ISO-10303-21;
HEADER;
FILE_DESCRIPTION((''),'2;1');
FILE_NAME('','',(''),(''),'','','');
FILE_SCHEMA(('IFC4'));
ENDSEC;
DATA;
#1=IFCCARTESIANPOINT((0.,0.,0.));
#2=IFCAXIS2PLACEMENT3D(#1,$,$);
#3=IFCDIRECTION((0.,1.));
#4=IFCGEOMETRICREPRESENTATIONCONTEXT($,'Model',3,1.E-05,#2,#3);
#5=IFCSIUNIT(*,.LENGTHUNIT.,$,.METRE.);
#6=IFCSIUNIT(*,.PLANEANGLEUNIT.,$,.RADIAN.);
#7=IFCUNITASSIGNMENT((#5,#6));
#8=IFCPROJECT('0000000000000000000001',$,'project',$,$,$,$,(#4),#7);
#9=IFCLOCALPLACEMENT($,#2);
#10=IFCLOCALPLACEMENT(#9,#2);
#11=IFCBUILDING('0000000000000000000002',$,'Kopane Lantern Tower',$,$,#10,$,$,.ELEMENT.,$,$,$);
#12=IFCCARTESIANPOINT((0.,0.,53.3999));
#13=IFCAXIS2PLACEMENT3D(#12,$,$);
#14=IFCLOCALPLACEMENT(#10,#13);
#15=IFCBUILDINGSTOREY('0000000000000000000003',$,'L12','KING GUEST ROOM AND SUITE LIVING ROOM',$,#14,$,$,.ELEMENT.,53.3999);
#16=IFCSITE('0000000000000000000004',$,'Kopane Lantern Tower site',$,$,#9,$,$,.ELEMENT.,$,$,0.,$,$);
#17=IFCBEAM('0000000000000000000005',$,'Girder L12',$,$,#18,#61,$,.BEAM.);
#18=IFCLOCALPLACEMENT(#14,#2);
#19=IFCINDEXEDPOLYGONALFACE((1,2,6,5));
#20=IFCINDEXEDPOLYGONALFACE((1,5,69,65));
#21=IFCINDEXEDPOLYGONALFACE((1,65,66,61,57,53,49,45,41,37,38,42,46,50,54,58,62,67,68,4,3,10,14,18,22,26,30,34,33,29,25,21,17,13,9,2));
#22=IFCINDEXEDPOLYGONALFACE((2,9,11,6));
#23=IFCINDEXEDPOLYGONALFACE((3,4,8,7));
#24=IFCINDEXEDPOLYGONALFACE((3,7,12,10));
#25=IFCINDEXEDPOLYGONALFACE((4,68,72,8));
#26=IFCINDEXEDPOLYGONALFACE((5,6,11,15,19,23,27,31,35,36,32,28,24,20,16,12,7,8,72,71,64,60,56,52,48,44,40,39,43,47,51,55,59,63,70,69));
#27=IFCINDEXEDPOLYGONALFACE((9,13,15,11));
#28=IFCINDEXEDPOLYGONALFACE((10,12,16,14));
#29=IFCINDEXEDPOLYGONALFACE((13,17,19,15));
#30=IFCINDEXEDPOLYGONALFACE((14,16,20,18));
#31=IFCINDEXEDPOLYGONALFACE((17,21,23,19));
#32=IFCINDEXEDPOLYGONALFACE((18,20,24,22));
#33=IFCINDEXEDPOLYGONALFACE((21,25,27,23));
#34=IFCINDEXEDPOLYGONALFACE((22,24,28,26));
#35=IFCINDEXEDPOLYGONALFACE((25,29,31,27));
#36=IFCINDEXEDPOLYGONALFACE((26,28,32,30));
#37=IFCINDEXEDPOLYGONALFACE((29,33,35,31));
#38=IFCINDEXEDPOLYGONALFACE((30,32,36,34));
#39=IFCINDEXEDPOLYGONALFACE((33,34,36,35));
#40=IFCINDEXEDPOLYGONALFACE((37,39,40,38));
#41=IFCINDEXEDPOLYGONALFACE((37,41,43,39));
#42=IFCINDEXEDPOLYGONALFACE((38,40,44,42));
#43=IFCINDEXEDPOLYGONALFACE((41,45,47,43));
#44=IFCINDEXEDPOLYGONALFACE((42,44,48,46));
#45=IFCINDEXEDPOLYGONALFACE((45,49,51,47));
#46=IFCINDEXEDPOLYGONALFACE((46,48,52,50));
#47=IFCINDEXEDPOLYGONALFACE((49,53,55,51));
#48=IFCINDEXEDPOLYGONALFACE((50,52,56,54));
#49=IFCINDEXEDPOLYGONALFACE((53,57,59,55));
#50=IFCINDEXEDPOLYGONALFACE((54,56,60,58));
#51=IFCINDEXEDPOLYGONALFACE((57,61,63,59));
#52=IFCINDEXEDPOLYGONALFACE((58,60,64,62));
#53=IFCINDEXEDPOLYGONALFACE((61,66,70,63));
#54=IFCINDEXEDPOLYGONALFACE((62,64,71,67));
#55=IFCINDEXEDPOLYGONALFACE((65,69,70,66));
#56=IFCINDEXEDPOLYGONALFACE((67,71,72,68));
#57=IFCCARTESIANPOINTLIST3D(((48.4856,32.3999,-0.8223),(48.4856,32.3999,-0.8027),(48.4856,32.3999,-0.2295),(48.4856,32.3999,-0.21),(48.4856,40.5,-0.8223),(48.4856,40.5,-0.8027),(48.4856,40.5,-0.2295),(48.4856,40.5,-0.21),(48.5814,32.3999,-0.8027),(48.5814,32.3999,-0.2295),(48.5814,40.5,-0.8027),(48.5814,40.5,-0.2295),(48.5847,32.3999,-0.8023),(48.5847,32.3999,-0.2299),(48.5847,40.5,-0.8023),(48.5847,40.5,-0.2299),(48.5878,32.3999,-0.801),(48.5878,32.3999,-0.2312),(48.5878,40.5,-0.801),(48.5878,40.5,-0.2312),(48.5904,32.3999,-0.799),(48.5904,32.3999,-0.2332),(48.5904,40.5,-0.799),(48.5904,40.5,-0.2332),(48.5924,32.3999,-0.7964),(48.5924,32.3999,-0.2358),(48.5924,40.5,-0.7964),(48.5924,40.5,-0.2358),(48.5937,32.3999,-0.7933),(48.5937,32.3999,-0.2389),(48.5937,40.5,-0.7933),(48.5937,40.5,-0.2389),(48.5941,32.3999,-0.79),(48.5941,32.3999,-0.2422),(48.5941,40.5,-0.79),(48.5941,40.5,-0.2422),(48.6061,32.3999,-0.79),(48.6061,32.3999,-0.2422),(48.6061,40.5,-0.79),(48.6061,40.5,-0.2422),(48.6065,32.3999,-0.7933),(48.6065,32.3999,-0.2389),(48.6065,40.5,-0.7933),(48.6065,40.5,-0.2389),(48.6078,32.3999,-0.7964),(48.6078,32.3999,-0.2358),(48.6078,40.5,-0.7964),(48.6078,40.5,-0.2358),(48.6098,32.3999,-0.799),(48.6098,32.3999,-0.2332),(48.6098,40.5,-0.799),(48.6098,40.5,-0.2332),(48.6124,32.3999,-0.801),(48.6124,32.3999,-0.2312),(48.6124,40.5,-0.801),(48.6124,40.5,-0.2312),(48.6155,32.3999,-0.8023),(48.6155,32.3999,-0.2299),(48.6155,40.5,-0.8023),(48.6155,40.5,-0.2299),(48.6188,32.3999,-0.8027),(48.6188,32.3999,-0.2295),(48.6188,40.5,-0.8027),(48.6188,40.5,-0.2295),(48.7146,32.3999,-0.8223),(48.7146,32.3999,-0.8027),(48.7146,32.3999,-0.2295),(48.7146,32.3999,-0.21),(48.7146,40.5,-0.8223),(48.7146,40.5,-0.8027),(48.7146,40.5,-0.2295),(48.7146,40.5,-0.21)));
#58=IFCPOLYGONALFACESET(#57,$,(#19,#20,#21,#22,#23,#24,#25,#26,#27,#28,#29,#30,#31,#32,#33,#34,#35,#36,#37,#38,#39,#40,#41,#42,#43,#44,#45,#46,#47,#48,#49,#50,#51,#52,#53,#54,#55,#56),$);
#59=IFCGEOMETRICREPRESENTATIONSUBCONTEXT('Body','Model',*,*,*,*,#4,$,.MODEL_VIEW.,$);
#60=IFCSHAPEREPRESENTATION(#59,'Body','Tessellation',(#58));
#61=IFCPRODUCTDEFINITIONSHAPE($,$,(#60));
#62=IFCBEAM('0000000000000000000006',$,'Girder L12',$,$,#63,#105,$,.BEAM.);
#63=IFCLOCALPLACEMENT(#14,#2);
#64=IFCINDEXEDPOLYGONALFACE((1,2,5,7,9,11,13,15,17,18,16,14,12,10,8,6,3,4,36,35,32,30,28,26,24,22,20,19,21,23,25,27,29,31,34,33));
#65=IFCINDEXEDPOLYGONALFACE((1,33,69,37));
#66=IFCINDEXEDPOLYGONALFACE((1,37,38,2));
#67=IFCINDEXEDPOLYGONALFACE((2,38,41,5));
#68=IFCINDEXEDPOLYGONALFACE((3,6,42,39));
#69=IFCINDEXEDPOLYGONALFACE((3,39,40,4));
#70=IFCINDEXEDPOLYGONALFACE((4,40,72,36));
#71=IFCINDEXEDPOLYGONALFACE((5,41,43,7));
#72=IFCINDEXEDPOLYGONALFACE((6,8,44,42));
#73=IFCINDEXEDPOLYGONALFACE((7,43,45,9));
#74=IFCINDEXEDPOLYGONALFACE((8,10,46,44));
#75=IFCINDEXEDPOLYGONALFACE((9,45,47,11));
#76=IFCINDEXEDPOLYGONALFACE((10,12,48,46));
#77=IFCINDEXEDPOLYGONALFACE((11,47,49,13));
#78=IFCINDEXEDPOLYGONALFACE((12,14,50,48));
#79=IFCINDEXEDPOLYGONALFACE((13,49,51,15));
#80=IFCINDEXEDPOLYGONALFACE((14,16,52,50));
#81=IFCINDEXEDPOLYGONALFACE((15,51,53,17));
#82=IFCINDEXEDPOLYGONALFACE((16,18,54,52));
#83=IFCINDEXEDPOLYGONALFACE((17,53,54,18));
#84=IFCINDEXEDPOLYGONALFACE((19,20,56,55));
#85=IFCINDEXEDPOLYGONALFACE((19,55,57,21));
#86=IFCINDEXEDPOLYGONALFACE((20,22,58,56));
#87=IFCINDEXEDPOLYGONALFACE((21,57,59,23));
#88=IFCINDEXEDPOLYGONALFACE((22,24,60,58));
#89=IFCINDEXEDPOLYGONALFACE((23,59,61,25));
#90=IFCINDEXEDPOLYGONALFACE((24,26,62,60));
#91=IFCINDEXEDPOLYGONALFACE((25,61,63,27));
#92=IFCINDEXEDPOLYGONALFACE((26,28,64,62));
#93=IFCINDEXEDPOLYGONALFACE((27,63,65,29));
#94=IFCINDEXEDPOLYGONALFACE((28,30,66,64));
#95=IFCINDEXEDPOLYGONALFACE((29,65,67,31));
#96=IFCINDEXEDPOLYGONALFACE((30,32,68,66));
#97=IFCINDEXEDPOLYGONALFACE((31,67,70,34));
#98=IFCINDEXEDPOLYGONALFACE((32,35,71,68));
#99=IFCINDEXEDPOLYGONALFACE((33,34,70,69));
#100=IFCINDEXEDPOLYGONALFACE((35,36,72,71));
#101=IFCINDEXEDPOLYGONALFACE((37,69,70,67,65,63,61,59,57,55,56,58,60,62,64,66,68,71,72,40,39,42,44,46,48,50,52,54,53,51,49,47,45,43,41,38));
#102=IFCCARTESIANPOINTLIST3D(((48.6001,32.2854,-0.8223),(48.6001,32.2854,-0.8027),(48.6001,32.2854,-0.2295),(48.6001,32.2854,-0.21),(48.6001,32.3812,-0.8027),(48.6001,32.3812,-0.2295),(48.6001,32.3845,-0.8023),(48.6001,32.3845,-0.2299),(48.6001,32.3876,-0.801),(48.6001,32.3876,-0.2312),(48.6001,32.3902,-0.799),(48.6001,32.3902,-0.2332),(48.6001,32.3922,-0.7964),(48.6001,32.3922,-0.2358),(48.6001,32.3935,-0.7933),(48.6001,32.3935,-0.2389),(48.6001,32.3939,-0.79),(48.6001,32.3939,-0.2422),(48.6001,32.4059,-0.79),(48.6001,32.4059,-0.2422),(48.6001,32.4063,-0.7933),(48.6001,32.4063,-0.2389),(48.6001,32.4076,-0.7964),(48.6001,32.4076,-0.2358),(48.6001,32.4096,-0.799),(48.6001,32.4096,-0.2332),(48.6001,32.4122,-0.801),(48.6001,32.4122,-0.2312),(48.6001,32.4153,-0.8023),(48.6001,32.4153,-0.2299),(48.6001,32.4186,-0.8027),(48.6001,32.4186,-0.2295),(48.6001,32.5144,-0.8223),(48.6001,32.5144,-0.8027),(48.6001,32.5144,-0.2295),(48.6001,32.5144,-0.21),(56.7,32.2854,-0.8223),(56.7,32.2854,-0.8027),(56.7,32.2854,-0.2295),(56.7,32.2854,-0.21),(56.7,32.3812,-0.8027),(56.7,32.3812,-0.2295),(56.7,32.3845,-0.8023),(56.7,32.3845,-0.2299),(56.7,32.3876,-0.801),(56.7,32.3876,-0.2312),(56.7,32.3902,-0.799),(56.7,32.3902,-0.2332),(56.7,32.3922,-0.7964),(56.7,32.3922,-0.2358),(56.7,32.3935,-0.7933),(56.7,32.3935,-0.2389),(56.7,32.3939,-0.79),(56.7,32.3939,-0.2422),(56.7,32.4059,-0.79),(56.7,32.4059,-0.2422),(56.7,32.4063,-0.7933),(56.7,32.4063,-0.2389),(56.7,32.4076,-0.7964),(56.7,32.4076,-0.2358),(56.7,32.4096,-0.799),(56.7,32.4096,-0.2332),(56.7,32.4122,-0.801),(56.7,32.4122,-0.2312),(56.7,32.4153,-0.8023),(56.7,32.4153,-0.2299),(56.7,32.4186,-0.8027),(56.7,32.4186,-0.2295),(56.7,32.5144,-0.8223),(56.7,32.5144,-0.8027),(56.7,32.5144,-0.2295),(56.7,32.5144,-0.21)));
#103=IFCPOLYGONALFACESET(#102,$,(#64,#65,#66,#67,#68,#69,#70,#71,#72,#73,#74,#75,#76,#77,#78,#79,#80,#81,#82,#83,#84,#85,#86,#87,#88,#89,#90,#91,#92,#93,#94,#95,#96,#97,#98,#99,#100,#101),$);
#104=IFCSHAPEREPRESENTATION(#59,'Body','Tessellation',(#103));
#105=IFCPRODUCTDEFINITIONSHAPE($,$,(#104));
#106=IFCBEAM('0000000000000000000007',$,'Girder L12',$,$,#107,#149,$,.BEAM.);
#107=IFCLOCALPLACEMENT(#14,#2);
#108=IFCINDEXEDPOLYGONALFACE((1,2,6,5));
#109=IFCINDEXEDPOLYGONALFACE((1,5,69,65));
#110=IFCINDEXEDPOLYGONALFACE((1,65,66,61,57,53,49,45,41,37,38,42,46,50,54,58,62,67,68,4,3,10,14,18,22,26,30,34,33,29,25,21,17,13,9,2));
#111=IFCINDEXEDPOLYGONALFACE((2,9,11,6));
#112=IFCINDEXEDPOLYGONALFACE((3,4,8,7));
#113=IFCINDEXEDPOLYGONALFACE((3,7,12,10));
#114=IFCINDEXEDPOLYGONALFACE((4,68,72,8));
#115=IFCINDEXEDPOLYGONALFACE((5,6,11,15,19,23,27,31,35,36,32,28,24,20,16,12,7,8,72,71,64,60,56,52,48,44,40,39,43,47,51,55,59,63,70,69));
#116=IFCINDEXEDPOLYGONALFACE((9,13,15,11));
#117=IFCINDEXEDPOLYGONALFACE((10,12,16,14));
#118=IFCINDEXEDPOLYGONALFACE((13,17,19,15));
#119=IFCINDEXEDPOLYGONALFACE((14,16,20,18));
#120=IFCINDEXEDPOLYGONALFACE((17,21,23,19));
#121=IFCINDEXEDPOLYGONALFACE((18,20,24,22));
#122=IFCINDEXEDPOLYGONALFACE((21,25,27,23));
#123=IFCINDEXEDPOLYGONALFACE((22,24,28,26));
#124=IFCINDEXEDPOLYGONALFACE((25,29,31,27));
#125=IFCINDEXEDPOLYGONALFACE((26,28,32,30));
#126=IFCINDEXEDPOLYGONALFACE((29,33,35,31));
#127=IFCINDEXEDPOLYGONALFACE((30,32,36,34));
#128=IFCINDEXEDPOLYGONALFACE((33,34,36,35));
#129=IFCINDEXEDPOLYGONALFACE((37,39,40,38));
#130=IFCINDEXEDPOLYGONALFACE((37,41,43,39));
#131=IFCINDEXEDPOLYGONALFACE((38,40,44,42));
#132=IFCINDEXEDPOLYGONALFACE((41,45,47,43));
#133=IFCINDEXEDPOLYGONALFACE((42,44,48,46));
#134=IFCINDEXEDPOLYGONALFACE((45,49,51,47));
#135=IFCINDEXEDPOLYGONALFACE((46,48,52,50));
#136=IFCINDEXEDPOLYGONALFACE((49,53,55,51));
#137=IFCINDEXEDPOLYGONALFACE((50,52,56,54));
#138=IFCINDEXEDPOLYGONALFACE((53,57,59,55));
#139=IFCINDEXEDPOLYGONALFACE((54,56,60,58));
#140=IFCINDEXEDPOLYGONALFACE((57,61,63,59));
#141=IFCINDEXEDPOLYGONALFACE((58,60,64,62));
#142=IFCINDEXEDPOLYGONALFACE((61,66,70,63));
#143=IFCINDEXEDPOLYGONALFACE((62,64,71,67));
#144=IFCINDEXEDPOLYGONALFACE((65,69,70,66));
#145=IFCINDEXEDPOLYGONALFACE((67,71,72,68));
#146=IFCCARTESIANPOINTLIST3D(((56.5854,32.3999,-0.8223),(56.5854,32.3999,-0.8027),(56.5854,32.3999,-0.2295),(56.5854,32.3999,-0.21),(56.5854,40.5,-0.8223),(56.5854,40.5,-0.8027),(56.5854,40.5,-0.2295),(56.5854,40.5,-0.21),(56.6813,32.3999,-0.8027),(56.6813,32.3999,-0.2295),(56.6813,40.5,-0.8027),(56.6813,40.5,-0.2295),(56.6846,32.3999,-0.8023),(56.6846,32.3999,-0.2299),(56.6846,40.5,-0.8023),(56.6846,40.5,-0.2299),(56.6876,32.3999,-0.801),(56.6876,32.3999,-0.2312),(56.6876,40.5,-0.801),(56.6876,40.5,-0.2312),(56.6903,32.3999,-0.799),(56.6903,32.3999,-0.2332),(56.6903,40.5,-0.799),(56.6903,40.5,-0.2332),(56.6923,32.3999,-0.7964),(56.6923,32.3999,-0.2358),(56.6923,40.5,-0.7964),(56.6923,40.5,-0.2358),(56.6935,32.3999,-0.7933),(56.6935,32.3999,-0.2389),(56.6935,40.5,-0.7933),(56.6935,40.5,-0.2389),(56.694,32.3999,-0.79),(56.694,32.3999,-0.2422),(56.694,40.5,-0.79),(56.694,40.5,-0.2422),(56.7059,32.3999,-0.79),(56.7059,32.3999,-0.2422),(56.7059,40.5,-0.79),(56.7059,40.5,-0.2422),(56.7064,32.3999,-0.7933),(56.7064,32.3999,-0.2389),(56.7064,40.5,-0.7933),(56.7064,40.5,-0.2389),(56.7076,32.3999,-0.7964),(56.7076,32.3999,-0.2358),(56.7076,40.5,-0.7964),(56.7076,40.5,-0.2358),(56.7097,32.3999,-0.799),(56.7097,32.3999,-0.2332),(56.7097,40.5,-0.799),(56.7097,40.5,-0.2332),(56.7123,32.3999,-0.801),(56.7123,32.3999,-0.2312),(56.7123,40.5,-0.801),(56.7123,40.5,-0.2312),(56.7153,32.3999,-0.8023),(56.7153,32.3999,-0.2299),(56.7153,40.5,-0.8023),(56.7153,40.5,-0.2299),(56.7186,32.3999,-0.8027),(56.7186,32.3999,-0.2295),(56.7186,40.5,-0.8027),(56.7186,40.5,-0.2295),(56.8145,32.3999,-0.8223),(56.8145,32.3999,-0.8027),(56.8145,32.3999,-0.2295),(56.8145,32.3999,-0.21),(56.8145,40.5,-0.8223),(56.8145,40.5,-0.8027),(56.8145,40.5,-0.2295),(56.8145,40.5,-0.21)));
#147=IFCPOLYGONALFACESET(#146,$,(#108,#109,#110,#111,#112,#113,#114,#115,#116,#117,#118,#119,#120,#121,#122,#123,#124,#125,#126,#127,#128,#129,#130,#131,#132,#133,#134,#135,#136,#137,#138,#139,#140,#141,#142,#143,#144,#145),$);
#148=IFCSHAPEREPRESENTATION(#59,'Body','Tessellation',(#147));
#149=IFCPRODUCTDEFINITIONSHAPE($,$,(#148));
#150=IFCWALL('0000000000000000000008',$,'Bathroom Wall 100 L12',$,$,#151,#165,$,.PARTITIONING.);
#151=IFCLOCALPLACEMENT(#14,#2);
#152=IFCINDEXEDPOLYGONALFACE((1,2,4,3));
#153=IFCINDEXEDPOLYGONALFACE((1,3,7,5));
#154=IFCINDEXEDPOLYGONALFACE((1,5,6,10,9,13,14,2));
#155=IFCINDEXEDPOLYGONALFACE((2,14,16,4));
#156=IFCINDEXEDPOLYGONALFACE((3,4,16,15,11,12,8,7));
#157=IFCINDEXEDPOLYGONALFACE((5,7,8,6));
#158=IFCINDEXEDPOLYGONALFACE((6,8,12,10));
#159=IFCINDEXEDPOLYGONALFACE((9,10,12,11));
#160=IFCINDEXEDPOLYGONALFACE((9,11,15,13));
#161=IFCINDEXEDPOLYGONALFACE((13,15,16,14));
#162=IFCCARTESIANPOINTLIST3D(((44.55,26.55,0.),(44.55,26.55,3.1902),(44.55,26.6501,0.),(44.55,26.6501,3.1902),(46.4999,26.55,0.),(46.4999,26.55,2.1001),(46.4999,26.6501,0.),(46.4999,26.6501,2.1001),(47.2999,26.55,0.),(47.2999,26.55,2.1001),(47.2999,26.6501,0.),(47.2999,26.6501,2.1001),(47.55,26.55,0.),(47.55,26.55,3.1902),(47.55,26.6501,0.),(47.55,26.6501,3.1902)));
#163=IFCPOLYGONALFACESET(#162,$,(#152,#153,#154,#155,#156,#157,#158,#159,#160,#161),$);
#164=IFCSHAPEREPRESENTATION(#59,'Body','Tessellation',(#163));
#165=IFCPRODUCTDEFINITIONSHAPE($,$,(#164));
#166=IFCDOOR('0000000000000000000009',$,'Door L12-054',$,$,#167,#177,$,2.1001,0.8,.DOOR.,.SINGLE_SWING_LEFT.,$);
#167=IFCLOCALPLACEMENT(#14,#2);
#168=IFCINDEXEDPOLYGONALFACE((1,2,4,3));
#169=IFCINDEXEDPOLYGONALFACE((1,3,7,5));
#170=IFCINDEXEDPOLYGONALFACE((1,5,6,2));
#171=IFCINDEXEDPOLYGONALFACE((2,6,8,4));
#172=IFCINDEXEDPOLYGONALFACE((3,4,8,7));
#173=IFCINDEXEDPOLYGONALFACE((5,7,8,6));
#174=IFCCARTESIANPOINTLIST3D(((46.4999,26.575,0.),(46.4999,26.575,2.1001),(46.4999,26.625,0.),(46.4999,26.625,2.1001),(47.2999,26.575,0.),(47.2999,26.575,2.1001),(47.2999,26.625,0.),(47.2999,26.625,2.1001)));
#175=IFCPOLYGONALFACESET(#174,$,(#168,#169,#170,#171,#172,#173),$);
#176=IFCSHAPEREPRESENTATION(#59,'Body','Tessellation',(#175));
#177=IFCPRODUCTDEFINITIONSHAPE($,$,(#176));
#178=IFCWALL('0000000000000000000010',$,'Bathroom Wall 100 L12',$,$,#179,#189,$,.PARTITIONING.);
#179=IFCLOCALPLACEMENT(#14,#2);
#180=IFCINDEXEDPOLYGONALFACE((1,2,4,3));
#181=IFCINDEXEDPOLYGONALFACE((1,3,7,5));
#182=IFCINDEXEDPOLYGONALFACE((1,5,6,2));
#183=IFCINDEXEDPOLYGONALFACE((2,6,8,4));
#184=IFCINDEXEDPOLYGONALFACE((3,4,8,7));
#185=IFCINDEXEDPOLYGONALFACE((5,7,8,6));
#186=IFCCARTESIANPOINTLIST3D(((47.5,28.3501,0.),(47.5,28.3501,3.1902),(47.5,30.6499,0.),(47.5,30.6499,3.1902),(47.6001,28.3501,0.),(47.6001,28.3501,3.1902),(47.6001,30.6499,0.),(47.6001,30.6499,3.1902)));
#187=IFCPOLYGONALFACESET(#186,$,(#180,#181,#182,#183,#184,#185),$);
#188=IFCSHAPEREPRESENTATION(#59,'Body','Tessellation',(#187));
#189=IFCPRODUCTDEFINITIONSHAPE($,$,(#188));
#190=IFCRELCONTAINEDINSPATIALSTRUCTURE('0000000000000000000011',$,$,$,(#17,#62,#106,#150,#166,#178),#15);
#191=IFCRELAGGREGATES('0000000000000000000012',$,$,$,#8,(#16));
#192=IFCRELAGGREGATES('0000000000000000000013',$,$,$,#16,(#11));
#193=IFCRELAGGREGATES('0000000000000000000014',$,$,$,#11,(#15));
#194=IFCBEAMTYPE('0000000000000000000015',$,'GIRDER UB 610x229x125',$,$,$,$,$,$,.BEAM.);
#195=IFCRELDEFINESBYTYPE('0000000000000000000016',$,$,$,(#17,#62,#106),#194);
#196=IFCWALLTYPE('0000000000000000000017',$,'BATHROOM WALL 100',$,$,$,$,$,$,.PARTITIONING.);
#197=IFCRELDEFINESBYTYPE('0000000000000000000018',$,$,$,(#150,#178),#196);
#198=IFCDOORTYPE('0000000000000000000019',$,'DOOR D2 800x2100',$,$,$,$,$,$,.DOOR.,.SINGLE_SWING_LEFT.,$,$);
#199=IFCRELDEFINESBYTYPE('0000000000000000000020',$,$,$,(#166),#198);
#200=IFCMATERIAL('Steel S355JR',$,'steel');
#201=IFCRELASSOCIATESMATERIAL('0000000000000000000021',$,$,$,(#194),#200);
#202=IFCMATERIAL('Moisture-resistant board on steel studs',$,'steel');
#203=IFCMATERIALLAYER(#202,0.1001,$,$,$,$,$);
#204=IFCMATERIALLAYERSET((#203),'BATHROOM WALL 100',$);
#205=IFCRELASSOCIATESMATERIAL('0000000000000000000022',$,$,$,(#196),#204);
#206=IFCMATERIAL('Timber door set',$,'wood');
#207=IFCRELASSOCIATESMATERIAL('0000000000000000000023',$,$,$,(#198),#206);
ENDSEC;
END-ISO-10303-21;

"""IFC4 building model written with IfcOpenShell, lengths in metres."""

from ifc_helpers import new_model, si_unit, direction, frame, frame_2d, origin, origin_2d, place, context, subcontext, project, spatial, rectangle, i_section, extrude, material, layer, layer_set, material_profile, profile_set, type_object, element, fill, save


model = new_model("IFC4")

# Units and contexts
model_context = context("Model", 3, precision=1e-05, world=origin(), true_north=direction((0.0, 1.0)))
body_context = subcontext(model_context, "Body", "Model", "MODEL_VIEW")
ifc_project = project(units=[si_unit("LENGTHUNIT", "METRE"), si_unit("PLANEANGLEUNIT", "RADIAN")], contexts=[model_context])

# Site, building, storey
site_placement = place(None, origin())
site = spatial("IfcSite", under=ifc_project, at=site_placement, Name="Kopane Lantern Tower site", CompositionType="ELEMENT", RefElevation=0.0)
building_placement = place(site_placement, origin())
building = spatial("IfcBuilding", under=site, at=building_placement, Name="Kopane Lantern Tower", CompositionType="ELEMENT")
storey_placement = place(building_placement, frame((0.0, 0.0, 53.3999)))
storey = spatial("IfcBuildingStorey", under=building, at=storey_placement, Name="L12", Description="KING GUEST ROOM AND SUITE LIVING ROOM", CompositionType="ELEMENT", Elevation=53.3999)

# Beams
ifc_material_1 = material(Name="Steel S355JR", Category="steel")
ifc_material_profile_1 = material_profile(ifc_material_1, i_section(OverallWidth=0.229, OverallDepth=0.6123, WebThickness=0.012, FlangeThickness=0.0195, FilletRadius=0.0127, at=origin_2d()), Name="UB 610x229x125")
ifc_profile_set_1 = profile_set([ifc_material_profile_1], Name="Steel S355JR")
beam_type = type_object("IfcBeamType", Name="GIRDER UB 610x229x125", PredefinedType="BEAM", material=ifc_profile_set_1)
for number, where, z_axis, x_axis, name in (
    (1, (48.6001, 32.3999, -0.5161), (0.0, 1.0, 0.0), (-1.0, 0.0, 0.0), "Girder L12"),
):
    element("IfcBeam", number, at=place(storey_placement, frame(where, z_axis=z_axis, x_axis=x_axis)), inside=storey, type_object=beam_type, Name=name, PredefinedType="BEAM", context=body_context, shape_type="SweptSolid", body=[
        extrude(i_section(OverallWidth=0.229, OverallDepth=0.6123, WebThickness=0.012, FlangeThickness=0.0195, FilletRadius=0.0127, at=origin_2d()), origin(), (0.0, 0.0, 1.0), 8.1001),
    ])
beam_1_placement = place(storey_placement, frame((48.6001, 32.3999, -0.5161), z_axis=(1.0, 0.0, 0.0), x_axis=(0.0, 1.0, 0.0)))
element("IfcBeam", 2, at=beam_1_placement, inside=storey, type_object=beam_type, Name="Girder L12", PredefinedType="BEAM", context=body_context, shape_type="SweptSolid", body=[
    extrude(i_section(OverallWidth=0.229, OverallDepth=0.6123, WebThickness=0.012, FlangeThickness=0.0195, FilletRadius=0.0127, at=origin_2d()), origin(), (0.0, 0.0, 1.0), 8.0999),
])
beam_2_placement = place(storey_placement, frame((56.7, 32.3999, -0.5161), z_axis=(0.0, 1.0, 0.0), x_axis=(-1.0, 0.0, 0.0)))
element("IfcBeam", 3, at=beam_2_placement, inside=storey, type_object=beam_type, Name="Girder L12", PredefinedType="BEAM", context=body_context, shape_type="SweptSolid", body=[
    extrude(i_section(OverallWidth=0.229, OverallDepth=0.6123, WebThickness=0.012, FlangeThickness=0.0195, FilletRadius=0.0127, at=origin_2d()), origin(), (0.0, 0.0, 1.0), 8.1001),
])

# Wall, opening, door
ifc_material_2 = material(Name="Moisture-resistant board on steel studs", Category="steel")
ifc_layer_1 = layer(ifc_material_2, 0.1001)
ifc_layer_set_1 = layer_set([ifc_layer_1], Name="BATHROOM WALL 100")
wall_type_1 = type_object("IfcWallType", Name="BATHROOM WALL 100", PredefinedType="PARTITIONING", material=ifc_layer_set_1)
wall_1_placement = place(storey_placement, frame((44.55, 26.6001, 0.0), z_axis=(0.0, 0.0, 1.0), x_axis=(1.0, 0.0, 0.0)))
wall_1 = element("IfcWall", 4, at=wall_1_placement, inside=storey, type_object=wall_type_1, Name="Bathroom Wall 100 L12", PredefinedType="PARTITIONING", context=body_context, shape_type="SweptSolid", body=[
    extrude(rectangle(XDim=3.0, YDim=0.1001, at=frame_2d((1.5, 0.0))), origin(), (0.0, 0.0, 1.0), 3.1902),
])
opening_1_placement = place(wall_1_placement, frame((1.95, 0.0, 0.0)))
opening_1 = element("IfcOpeningElement", 5, at=opening_1_placement, cuts=wall_1, PredefinedType="OPENING", context=body_context, shape_type="SweptSolid", body=[
    extrude(rectangle(XDim=0.8, YDim=2.1001, at=frame_2d((0.3999, 1.05))), frame((0.0, 0.0601, 0.0), z_axis=(0.0, -1.0, 0.0), x_axis=(1.0, 0.0, 0.0)), (0.0, 0.0, 1.0), 0.1201),
])
ifc_material_3 = material(Name="Timber door set", Category="wood")
door_type = type_object("IfcDoorType", Name="DOOR D2 800x2100", OperationType="SINGLE_SWING_LEFT", PredefinedType="DOOR", material=ifc_material_3)
door_1_placement = place(opening_1_placement, origin())
door_1 = element("IfcDoor", 6, at=door_1_placement, inside=storey, type_object=door_type, Name="Door L12-054", OperationType="SINGLE_SWING_LEFT", OverallHeight=2.1001, OverallWidth=0.8, PredefinedType="DOOR", context=body_context, shape_type="SweptSolid", body=[
    extrude(rectangle(XDim=0.8, YDim=2.1001, at=frame_2d((0.3999, 1.05))), frame((0.0, 0.0249, 0.0), z_axis=(0.0, -1.0, 0.0), x_axis=(1.0, 0.0, 0.0)), (0.0, 0.0, 1.0), 0.05),
])
fill(opening_1, door_1)

# Wall
wall_2_placement = place(storey_placement, frame((47.55, 28.3501, 0.0), z_axis=(0.0, 0.0, 1.0), x_axis=(0.0, 1.0, 0.0)))
element("IfcWall", 7, at=wall_2_placement, inside=storey, type_object=wall_type_1, Name="Bathroom Wall 100 L12", PredefinedType="PARTITIONING", context=body_context, shape_type="SweptSolid", body=[
    extrude(rectangle(XDim=2.2998, YDim=0.1001, at=frame_2d((1.1499, 0.0))), origin(), (0.0, 0.0, 1.0), 3.1902),
])

save(model, "model.ifc")
